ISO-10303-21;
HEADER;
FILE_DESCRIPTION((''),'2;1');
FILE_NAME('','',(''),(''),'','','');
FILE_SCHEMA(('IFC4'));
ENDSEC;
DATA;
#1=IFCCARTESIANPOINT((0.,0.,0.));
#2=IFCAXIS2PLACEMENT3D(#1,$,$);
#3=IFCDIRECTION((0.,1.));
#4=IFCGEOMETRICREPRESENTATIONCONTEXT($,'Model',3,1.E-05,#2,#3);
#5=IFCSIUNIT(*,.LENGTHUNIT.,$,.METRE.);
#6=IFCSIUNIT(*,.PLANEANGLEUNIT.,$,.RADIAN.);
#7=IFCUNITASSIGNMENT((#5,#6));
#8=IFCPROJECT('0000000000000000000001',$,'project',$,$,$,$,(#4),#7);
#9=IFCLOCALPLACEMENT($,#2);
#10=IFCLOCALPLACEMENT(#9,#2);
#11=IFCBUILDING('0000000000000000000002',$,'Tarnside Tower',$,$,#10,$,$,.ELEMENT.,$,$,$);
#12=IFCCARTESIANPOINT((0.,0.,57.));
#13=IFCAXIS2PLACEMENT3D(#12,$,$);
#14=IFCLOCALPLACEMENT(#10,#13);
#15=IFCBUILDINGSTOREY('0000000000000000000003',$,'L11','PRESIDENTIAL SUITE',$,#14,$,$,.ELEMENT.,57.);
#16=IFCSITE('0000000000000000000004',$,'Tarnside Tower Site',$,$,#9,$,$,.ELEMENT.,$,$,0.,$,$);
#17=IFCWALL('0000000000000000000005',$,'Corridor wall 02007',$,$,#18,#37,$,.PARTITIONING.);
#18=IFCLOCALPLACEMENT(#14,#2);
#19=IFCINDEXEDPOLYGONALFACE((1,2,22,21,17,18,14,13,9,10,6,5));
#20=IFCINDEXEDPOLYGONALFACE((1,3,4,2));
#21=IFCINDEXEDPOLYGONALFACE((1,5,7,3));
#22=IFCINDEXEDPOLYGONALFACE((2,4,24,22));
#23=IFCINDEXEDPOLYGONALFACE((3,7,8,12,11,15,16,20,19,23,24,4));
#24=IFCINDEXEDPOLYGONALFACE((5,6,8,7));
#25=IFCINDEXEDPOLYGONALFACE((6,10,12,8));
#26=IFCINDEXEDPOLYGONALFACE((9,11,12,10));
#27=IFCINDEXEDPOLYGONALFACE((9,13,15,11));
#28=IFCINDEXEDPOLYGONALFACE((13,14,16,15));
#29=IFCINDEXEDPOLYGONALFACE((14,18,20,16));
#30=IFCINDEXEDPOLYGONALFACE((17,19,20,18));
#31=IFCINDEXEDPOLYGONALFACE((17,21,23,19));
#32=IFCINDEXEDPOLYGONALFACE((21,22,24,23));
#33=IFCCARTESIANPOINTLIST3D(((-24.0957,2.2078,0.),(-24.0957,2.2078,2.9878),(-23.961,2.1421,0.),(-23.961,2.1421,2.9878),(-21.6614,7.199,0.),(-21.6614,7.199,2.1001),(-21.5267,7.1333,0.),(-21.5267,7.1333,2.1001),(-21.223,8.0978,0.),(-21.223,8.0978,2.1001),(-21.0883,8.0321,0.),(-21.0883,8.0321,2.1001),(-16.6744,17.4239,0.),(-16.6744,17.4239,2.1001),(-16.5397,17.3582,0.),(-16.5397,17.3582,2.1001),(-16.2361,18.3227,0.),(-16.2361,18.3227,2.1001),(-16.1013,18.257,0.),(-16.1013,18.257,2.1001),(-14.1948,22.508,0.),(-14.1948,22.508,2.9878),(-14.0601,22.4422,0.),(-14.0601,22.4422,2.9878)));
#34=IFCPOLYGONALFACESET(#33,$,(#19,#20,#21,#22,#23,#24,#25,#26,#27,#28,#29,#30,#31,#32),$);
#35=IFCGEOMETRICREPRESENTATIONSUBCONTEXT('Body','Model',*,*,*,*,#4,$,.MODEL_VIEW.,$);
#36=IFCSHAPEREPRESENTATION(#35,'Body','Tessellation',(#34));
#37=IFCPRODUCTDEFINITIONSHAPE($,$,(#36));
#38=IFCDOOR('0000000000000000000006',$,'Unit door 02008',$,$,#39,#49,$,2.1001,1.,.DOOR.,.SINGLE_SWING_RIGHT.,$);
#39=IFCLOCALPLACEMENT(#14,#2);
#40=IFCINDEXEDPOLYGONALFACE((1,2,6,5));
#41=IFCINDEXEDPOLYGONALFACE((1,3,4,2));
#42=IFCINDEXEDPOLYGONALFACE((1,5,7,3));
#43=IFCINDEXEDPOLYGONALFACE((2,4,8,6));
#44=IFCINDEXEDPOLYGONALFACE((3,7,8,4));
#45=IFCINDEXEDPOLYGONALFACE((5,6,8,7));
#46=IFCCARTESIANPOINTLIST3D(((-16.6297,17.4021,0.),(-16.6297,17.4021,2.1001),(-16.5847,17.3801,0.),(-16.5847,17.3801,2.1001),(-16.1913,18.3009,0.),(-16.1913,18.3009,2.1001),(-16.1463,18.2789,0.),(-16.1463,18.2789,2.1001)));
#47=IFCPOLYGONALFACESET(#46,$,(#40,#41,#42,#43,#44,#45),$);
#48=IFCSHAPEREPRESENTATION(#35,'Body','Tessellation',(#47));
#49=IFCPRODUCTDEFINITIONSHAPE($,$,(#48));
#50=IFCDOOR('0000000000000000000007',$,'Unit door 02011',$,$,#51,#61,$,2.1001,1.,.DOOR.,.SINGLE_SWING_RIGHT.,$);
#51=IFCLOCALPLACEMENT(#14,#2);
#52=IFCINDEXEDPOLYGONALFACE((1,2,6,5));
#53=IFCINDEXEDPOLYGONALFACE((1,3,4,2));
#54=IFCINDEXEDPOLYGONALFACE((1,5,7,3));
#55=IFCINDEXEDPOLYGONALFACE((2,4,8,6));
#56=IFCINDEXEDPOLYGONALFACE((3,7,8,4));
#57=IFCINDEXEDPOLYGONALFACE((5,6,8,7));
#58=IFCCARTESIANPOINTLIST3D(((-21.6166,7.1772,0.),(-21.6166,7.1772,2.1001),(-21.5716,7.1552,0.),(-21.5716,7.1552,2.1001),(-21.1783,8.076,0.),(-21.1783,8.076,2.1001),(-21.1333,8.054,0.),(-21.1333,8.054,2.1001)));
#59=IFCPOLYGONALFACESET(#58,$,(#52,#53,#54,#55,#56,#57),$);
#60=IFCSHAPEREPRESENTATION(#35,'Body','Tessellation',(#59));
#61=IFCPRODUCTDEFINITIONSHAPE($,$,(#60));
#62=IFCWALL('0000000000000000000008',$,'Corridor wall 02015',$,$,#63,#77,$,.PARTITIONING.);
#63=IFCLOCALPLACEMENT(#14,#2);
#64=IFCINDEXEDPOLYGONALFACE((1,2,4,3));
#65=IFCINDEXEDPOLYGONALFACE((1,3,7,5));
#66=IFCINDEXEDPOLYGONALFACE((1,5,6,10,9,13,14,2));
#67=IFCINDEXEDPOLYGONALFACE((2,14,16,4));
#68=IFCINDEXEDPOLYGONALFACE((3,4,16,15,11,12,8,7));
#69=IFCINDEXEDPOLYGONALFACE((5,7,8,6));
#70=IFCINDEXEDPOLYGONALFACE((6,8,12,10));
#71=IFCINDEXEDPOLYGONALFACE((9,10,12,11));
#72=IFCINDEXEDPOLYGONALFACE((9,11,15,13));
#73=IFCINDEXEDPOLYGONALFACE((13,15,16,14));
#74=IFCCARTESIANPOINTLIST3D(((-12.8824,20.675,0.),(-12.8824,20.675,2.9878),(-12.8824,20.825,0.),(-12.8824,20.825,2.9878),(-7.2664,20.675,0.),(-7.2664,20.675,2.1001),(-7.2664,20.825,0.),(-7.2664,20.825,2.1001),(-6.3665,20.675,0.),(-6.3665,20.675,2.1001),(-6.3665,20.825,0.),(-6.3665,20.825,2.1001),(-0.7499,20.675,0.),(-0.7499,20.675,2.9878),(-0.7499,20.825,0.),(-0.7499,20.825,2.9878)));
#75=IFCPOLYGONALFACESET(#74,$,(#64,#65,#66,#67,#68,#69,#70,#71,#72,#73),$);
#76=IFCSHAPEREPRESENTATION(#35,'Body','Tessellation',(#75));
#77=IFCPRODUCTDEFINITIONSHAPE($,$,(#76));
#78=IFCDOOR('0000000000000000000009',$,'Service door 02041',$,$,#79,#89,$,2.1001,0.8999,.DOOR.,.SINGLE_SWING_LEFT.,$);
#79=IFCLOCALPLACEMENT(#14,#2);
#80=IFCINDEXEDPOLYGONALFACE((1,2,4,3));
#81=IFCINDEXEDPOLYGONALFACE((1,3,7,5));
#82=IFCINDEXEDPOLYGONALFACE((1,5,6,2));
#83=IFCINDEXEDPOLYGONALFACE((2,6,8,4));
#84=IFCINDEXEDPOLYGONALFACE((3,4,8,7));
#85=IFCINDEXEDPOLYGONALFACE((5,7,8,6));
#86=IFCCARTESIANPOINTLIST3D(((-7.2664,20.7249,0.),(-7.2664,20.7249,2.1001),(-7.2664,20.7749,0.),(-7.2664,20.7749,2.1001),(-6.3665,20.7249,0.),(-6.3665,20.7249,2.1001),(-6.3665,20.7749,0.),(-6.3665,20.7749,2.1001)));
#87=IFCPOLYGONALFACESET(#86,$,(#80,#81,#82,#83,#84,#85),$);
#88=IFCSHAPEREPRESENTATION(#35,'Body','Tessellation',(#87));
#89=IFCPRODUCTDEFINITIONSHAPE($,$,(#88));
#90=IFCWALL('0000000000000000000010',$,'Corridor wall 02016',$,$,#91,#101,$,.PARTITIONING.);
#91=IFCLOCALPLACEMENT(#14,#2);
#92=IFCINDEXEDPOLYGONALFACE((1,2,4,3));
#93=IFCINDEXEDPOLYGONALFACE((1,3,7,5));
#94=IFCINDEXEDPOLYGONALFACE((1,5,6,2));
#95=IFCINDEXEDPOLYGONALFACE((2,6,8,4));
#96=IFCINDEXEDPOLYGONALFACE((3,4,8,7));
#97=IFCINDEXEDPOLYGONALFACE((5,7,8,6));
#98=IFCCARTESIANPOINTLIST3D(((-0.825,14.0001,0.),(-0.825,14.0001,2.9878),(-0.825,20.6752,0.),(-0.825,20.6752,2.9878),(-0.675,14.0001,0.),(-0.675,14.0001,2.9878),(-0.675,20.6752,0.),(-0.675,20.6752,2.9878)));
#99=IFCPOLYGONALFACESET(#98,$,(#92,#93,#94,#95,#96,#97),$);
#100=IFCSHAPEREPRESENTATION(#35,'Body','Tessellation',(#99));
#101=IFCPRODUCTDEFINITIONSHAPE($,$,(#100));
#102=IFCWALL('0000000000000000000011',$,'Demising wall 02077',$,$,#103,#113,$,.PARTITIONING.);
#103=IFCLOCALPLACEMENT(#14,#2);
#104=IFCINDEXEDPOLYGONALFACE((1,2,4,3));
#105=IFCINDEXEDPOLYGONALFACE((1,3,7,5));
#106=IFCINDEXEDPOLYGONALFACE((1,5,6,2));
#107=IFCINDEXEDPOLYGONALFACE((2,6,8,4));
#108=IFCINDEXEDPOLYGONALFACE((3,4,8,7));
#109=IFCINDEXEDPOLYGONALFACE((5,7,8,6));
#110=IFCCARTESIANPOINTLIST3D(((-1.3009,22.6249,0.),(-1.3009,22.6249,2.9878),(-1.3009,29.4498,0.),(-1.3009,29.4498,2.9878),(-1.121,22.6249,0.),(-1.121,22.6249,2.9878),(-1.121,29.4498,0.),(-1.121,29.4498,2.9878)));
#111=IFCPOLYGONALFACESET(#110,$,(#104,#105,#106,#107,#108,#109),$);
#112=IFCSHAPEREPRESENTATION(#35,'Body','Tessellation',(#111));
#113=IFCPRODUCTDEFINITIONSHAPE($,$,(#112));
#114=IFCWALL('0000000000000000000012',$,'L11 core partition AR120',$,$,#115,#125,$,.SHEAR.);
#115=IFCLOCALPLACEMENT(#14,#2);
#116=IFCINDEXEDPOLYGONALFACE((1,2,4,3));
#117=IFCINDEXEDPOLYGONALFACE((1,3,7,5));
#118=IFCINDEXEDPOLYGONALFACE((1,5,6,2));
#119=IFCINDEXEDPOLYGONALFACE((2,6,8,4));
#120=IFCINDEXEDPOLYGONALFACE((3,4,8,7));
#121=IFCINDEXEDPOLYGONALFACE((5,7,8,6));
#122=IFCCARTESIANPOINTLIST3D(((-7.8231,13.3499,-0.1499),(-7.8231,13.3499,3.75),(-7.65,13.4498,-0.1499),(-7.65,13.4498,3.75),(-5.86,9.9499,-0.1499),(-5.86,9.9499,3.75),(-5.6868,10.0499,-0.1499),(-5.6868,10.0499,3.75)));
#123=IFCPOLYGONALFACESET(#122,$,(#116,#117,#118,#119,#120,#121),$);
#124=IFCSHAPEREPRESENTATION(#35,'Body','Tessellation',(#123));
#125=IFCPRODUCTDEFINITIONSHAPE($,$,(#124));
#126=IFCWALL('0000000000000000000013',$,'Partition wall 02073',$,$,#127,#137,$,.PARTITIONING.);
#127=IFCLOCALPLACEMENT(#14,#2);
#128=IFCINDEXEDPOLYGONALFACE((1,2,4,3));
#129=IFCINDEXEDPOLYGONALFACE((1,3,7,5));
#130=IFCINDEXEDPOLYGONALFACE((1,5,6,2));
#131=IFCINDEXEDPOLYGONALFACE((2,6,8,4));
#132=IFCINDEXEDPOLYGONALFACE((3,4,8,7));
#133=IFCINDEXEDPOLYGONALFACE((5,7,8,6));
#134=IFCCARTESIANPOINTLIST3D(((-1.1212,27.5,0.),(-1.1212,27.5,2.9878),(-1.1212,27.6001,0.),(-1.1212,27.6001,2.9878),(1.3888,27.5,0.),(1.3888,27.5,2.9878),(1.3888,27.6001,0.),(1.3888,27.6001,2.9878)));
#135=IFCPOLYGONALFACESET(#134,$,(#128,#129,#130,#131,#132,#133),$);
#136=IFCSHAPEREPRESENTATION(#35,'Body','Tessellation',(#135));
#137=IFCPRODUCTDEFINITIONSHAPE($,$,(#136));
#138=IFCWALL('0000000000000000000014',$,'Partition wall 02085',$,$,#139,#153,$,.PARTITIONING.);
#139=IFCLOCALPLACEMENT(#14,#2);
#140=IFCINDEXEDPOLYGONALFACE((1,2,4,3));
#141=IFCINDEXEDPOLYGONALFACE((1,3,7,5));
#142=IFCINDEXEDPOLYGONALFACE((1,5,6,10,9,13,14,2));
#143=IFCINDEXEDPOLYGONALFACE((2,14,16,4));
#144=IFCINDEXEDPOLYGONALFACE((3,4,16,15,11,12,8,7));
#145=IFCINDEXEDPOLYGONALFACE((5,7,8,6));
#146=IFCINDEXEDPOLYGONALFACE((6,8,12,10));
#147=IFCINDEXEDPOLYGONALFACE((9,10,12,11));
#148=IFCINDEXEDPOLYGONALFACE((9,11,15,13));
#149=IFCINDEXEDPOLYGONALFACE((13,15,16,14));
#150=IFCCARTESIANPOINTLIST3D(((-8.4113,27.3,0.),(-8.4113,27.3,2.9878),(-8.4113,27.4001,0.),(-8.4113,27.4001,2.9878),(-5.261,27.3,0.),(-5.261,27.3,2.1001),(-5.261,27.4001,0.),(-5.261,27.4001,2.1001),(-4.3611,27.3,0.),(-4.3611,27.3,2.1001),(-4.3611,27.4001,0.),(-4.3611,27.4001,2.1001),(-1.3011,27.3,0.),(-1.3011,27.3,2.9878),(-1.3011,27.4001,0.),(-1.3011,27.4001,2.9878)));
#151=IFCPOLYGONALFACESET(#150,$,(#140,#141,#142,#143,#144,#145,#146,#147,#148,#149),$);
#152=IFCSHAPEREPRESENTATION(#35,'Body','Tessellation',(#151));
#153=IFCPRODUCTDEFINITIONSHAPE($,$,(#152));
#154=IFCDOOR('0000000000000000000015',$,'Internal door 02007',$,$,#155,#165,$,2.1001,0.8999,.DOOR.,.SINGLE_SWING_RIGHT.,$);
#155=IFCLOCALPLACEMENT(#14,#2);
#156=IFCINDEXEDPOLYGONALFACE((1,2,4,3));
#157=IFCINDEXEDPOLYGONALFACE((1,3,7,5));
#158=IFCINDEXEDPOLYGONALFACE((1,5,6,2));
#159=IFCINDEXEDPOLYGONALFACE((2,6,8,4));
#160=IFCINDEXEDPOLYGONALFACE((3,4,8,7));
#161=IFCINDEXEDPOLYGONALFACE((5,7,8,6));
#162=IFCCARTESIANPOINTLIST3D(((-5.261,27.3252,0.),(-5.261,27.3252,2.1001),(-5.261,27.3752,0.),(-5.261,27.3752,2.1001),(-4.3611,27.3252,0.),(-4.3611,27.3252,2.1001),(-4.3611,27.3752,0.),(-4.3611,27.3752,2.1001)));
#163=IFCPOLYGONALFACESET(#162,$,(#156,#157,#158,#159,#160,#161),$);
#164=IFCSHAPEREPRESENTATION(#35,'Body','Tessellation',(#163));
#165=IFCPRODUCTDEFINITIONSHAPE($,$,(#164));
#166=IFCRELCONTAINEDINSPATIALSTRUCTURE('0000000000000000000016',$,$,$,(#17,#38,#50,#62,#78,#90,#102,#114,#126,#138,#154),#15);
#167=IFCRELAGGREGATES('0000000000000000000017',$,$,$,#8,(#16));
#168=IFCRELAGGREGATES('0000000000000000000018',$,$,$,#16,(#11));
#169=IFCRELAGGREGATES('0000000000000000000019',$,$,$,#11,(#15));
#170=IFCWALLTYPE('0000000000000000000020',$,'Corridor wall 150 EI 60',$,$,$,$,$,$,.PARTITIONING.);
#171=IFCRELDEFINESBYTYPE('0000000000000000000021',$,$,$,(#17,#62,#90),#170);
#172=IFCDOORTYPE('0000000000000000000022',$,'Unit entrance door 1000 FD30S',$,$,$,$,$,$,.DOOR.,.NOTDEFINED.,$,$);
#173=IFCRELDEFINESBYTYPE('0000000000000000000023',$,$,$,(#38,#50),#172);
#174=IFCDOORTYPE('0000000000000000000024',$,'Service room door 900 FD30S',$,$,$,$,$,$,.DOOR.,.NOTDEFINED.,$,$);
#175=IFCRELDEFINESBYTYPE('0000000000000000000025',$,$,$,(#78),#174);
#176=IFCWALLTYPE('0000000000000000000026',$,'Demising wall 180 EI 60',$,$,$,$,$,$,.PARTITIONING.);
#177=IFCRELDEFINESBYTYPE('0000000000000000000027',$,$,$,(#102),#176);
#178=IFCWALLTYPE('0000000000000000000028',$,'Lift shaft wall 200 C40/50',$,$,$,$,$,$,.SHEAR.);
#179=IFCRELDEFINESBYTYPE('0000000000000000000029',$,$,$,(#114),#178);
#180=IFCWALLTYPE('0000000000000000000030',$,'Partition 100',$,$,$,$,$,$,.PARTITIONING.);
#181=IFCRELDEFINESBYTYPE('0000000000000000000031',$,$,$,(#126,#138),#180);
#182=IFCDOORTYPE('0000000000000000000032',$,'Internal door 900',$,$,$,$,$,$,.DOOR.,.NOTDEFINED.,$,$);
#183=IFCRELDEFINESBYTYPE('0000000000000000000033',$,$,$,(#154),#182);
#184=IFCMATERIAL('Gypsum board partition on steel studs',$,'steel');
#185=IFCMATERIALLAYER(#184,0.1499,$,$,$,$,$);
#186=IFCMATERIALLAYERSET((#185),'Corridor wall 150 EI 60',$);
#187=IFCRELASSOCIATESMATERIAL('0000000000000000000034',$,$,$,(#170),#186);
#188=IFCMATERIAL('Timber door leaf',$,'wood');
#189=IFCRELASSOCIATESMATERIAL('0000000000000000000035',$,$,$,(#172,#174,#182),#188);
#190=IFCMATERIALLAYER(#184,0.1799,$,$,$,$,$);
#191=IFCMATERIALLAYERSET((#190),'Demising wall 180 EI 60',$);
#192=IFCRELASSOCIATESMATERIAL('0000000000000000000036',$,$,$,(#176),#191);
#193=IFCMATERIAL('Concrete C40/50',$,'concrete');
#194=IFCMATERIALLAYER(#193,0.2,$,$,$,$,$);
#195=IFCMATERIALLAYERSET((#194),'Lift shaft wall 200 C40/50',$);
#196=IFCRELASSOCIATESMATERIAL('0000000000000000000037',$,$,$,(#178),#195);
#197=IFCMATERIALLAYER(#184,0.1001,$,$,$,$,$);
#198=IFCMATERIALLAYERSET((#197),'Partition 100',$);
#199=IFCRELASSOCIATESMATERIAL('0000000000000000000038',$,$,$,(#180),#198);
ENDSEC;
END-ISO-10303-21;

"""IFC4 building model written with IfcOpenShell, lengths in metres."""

from ifc_helpers import new_model, si_unit, direction, frame, frame_2d, origin, place, context, subcontext, project, spatial, rectangle, extrude, material, layer, layer_set, type_object, element, fill, save


model = new_model("IFC4")

# Units and contexts
model_context = context("Model", 3, precision=1e-05, world=origin(), true_north=direction((0.0, 1.0)))
body_context = subcontext(model_context, "Body", "Model", "MODEL_VIEW")
ifc_project = project(units=[si_unit("LENGTHUNIT", "METRE"), si_unit("PLANEANGLEUNIT", "RADIAN")], contexts=[model_context])

# Site, building, storey
site_placement = place(None, origin())
site = spatial("IfcSite", under=ifc_project, at=site_placement, Name="Tarnside Tower Site", CompositionType="ELEMENT", RefElevation=0.0)
building_placement = place(site_placement, origin())
building = spatial("IfcBuilding", under=site, at=building_placement, Name="Tarnside Tower", CompositionType="ELEMENT")
storey_placement = place(building_placement, frame((0.0, 0.0, 57.0)))
storey = spatial("IfcBuildingStorey", under=building, at=storey_placement, Name="L11", Description="PRESIDENTIAL SUITE", CompositionType="ELEMENT", Elevation=57.0)

# Shared definitions
ifc_material_1 = material(Name="Gypsum board partition on steel studs", Category="steel")

# Shared definitions
ifc_material_2 = material(Name="Timber door leaf", Category="wood")

# Wall, openings, doors
ifc_layer_1 = layer(ifc_material_1, 0.1499)
ifc_layer_set_1 = layer_set([ifc_layer_1], Name="Corridor wall 150 EI 60")
wall_type_1 = type_object("IfcWallType", Name="Corridor wall 150 EI 60", PredefinedType="PARTITIONING", material=ifc_layer_set_1)
wall_1_placement = place(storey_placement, frame((-14.1274, 22.4751, 0.0), z_axis=(0.0, 0.0, 1.0), x_axis=(-0.438367, -0.898796, 0.0)))
wall_1 = element("IfcWall", 1, at=wall_1_placement, inside=storey, type_object=wall_type_1, Name="Corridor wall 02007", PredefinedType="PARTITIONING", context=body_context, shape_type="SweptSolid", body=[
    extrude(rectangle(XDim=22.5859, YDim=0.1499, at=frame_2d((11.293, 0.0))), origin(), (0.0, 0.0, 1.0), 2.9878),
])
opening_1_placement = place(wall_1_placement, frame((4.6565, 0.0, 0.0)))
opening_1 = element("IfcOpeningElement", 2, at=opening_1_placement, cuts=wall_1, PredefinedType="OPENING", context=body_context, shape_type="SweptSolid", body=[
    extrude(rectangle(XDim=1.0, YDim=2.1001, at=frame_2d((0.5, 1.05))), frame((0.0, 0.085, 0.0), z_axis=(0.0, -1.0, 0.0), x_axis=(1.0, 0.0, 0.0)), (0.0, 0.0, 1.0), 0.1699),
])
opening_2_placement = place(wall_1_placement, frame((16.0327, 0.0, 0.0)))
opening_2 = element("IfcOpeningElement", 3, at=opening_2_placement, cuts=wall_1, PredefinedType="OPENING", context=body_context, shape_type="SweptSolid", body=[
    extrude(rectangle(XDim=1.0, YDim=2.1001, at=frame_2d((0.5, 1.05))), frame((0.0, 0.085, 0.0), z_axis=(0.0, -1.0, 0.0), x_axis=(1.0, 0.0, 0.0)), (0.0, 0.0, 1.0), 0.1699),
])
door_type_1 = type_object("IfcDoorType", Name="Unit entrance door 1000 FD30S", OperationType="NOTDEFINED", PredefinedType="DOOR", material=ifc_material_2)
door_1_placement = place(opening_1_placement, origin())
door_1 = element("IfcDoor", 4, at=door_1_placement, inside=storey, type_object=door_type_1, Name="Unit door 02008", OperationType="SINGLE_SWING_RIGHT", OverallHeight=2.1001, OverallWidth=1.0, PredefinedType="DOOR", context=body_context, shape_type="SweptSolid", body=[
    extrude(rectangle(XDim=1.0, YDim=2.1001, at=frame_2d((0.5, 1.05))), frame((0.0, 0.0249, 0.0), z_axis=(0.0, -1.0, 0.0), x_axis=(1.0, 0.0, 0.0)), (0.0, 0.0, 1.0), 0.05),
])
fill(opening_1, door_1)
door_2_placement = place(opening_2_placement, origin())
door_2 = element("IfcDoor", 5, at=door_2_placement, inside=storey, type_object=door_type_1, Name="Unit door 02011", OperationType="SINGLE_SWING_RIGHT", OverallHeight=2.1001, OverallWidth=1.0, PredefinedType="DOOR", context=body_context, shape_type="SweptSolid", body=[
    extrude(rectangle(XDim=1.0, YDim=2.1001, at=frame_2d((0.5, 1.05))), frame((0.0, 0.0249, 0.0), z_axis=(0.0, -1.0, 0.0), x_axis=(1.0, 0.0, 0.0)), (0.0, 0.0, 1.0), 0.05),
])
fill(opening_2, door_2)

# Wall, opening, door
wall_2_placement = place(storey_placement, frame((-12.8826, 20.75, 0.0), z_axis=(0.0, 0.0, 1.0), x_axis=(1.0, 0.0, 0.0)))
wall_2 = element("IfcWall", 6, at=wall_2_placement, inside=storey, type_object=wall_type_1, Name="Corridor wall 02015", PredefinedType="PARTITIONING", context=body_context, shape_type="SweptSolid", body=[
    extrude(rectangle(XDim=12.1326, YDim=0.1499, at=frame_2d((6.0664, 0.0))), origin(), (0.0, 0.0, 1.0), 2.9878),
])
opening_3_placement = place(wall_2_placement, frame((5.6162, 0.0, 0.0)))
opening_3 = element("IfcOpeningElement", 7, at=opening_3_placement, cuts=wall_2, PredefinedType="OPENING", context=body_context, shape_type="SweptSolid", body=[
    extrude(rectangle(XDim=0.8999, YDim=2.1001, at=frame_2d((0.45, 1.05))), frame((0.0, 0.085, 0.0), z_axis=(0.0, -1.0, 0.0), x_axis=(1.0, 0.0, 0.0)), (0.0, 0.0, 1.0), 0.1699),
])
door_type_2 = type_object("IfcDoorType", Name="Service room door 900 FD30S", OperationType="NOTDEFINED", PredefinedType="DOOR", material=ifc_material_2)
door_3_placement = place(opening_3_placement, origin())
door_3 = element("IfcDoor", 8, at=door_3_placement, inside=storey, type_object=door_type_2, Name="Service door 02041", OperationType="SINGLE_SWING_LEFT", OverallHeight=2.1001, OverallWidth=0.8999, PredefinedType="DOOR", context=body_context, shape_type="SweptSolid", body=[
    extrude(rectangle(XDim=0.8999, YDim=2.1001, at=frame_2d((0.45, 1.05))), frame((0.0, 0.0249, 0.0), z_axis=(0.0, -1.0, 0.0), x_axis=(1.0, 0.0, 0.0)), (0.0, 0.0, 1.0), 0.05),
])
fill(opening_3, door_3)

# Walls
wall_3_placement = place(storey_placement, frame((-0.75, 20.675, 0.0), z_axis=(0.0, 0.0, 1.0), x_axis=(0.0, -1.0, 0.0)))
element("IfcWall", 9, at=wall_3_placement, inside=storey, type_object=wall_type_1, Name="Corridor wall 02016", PredefinedType="PARTITIONING", context=body_context, shape_type="SweptSolid", body=[
    extrude(rectangle(XDim=6.675, YDim=0.1499, at=frame_2d((3.3374, 0.0))), origin(), (0.0, 0.0, 1.0), 2.9878),
])
ifc_layer_2 = layer(ifc_material_1, 0.1799)
ifc_layer_set_2 = layer_set([ifc_layer_2], Name="Demising wall 180 EI 60")
wall_type_2 = type_object("IfcWallType", Name="Demising wall 180 EI 60", PredefinedType="PARTITIONING", material=ifc_layer_set_2)
wall_4_placement = place(storey_placement, frame((-1.2109, 29.45, 0.0), z_axis=(0.0, 0.0, 1.0), x_axis=(0.0, -1.0, 0.0)))
element("IfcWall", 10, at=wall_4_placement, inside=storey, type_object=wall_type_2, Name="Demising wall 02077", PredefinedType="PARTITIONING", context=body_context, shape_type="SweptSolid", body=[
    extrude(rectangle(XDim=6.825, YDim=0.1799, at=frame_2d((3.4126, 0.0))), origin(), (0.0, 0.0, 1.0), 2.9878),
])
ifc_material_3 = material(Name="Concrete C40/50", Category="concrete")
ifc_layer_3 = layer(ifc_material_3, 0.2)
ifc_layer_set_3 = layer_set([ifc_layer_3], Name="Lift shaft wall 200 C40/50")
wall_type_3 = type_object("IfcWallType", Name="Lift shaft wall 200 C40/50", PredefinedType="SHEAR", material=ifc_layer_set_3)
wall_5_placement = place(storey_placement, frame((-5.7734, 10.0, -0.1499), z_axis=(0.0, 0.0, 1.0), x_axis=(-0.500038, 0.866003, 0.0)))
element("IfcWall", 11, at=wall_5_placement, inside=storey, type_object=wall_type_3, Name="L11 core partition AR120", PredefinedType="SHEAR", context=body_context, shape_type="SweptSolid", body=[
    extrude(rectangle(XDim=3.926, YDim=0.2, at=frame_2d((1.9629, 0.0))), origin(), (0.0, 0.0, 1.0), 3.8999),
])
ifc_layer_4 = layer(ifc_material_1, 0.1001)
ifc_layer_set_4 = layer_set([ifc_layer_4], Name="Partition 100")
wall_type_4 = type_object("IfcWallType", Name="Partition 100", PredefinedType="PARTITIONING", material=ifc_layer_set_4)
wall_6_placement = place(storey_placement, frame((-1.1211, 27.55, 0.0), z_axis=(0.0, 0.0, 1.0), x_axis=(1.0, 0.0, 0.0)))
element("IfcWall", 12, at=wall_6_placement, inside=storey, type_object=wall_type_4, Name="Partition wall 02073", PredefinedType="PARTITIONING", context=body_context, shape_type="SweptSolid", body=[
    extrude(rectangle(XDim=2.51, YDim=0.1001, at=frame_2d((1.2549, 0.0))), origin(), (0.0, 0.0, 1.0), 2.9878),
])

# Wall, opening, door
wall_7_placement = place(storey_placement, frame((-1.301, 27.3501, 0.0), z_axis=(0.0, 0.0, 1.0), x_axis=(-1.0, 0.0, 0.0)))
wall_7 = element("IfcWall", 13, at=wall_7_placement, inside=storey, type_object=wall_type_4, Name="Partition wall 02085", PredefinedType="PARTITIONING", context=body_context, shape_type="SweptSolid", body=[
    extrude(rectangle(XDim=7.1101, YDim=0.1001, at=frame_2d((3.5552, 0.0))), origin(), (0.0, 0.0, 1.0), 2.9878),
])
opening_4_placement = place(wall_7_placement, frame((3.0601, 0.0, 0.0)))
opening_4 = element("IfcOpeningElement", 14, at=opening_4_placement, cuts=wall_7, PredefinedType="OPENING", context=body_context, shape_type="SweptSolid", body=[
    extrude(rectangle(XDim=0.8999, YDim=2.1001, at=frame_2d((0.45, 1.05))), frame((0.0, 0.0601, 0.0), z_axis=(0.0, -1.0, 0.0), x_axis=(1.0, 0.0, 0.0)), (0.0, 0.0, 1.0), 0.1201),
])
door_type_3 = type_object("IfcDoorType", Name="Internal door 900", OperationType="NOTDEFINED", PredefinedType="DOOR", material=ifc_material_2)
door_4_placement = place(opening_4_placement, origin())
door_4 = element("IfcDoor", 15, at=door_4_placement, inside=storey, type_object=door_type_3, Name="Internal door 02007", OperationType="SINGLE_SWING_RIGHT", OverallHeight=2.1001, OverallWidth=0.8999, PredefinedType="DOOR", context=body_context, shape_type="SweptSolid", body=[
    extrude(rectangle(XDim=0.8999, YDim=2.1001, at=frame_2d((0.45, 1.05))), frame((0.0, 0.0249, 0.0), z_axis=(0.0, -1.0, 0.0), x_axis=(1.0, 0.0, 0.0)), (0.0, 0.0, 1.0), 0.05),
])
fill(opening_4, door_4)

save(model, "model.ifc")
